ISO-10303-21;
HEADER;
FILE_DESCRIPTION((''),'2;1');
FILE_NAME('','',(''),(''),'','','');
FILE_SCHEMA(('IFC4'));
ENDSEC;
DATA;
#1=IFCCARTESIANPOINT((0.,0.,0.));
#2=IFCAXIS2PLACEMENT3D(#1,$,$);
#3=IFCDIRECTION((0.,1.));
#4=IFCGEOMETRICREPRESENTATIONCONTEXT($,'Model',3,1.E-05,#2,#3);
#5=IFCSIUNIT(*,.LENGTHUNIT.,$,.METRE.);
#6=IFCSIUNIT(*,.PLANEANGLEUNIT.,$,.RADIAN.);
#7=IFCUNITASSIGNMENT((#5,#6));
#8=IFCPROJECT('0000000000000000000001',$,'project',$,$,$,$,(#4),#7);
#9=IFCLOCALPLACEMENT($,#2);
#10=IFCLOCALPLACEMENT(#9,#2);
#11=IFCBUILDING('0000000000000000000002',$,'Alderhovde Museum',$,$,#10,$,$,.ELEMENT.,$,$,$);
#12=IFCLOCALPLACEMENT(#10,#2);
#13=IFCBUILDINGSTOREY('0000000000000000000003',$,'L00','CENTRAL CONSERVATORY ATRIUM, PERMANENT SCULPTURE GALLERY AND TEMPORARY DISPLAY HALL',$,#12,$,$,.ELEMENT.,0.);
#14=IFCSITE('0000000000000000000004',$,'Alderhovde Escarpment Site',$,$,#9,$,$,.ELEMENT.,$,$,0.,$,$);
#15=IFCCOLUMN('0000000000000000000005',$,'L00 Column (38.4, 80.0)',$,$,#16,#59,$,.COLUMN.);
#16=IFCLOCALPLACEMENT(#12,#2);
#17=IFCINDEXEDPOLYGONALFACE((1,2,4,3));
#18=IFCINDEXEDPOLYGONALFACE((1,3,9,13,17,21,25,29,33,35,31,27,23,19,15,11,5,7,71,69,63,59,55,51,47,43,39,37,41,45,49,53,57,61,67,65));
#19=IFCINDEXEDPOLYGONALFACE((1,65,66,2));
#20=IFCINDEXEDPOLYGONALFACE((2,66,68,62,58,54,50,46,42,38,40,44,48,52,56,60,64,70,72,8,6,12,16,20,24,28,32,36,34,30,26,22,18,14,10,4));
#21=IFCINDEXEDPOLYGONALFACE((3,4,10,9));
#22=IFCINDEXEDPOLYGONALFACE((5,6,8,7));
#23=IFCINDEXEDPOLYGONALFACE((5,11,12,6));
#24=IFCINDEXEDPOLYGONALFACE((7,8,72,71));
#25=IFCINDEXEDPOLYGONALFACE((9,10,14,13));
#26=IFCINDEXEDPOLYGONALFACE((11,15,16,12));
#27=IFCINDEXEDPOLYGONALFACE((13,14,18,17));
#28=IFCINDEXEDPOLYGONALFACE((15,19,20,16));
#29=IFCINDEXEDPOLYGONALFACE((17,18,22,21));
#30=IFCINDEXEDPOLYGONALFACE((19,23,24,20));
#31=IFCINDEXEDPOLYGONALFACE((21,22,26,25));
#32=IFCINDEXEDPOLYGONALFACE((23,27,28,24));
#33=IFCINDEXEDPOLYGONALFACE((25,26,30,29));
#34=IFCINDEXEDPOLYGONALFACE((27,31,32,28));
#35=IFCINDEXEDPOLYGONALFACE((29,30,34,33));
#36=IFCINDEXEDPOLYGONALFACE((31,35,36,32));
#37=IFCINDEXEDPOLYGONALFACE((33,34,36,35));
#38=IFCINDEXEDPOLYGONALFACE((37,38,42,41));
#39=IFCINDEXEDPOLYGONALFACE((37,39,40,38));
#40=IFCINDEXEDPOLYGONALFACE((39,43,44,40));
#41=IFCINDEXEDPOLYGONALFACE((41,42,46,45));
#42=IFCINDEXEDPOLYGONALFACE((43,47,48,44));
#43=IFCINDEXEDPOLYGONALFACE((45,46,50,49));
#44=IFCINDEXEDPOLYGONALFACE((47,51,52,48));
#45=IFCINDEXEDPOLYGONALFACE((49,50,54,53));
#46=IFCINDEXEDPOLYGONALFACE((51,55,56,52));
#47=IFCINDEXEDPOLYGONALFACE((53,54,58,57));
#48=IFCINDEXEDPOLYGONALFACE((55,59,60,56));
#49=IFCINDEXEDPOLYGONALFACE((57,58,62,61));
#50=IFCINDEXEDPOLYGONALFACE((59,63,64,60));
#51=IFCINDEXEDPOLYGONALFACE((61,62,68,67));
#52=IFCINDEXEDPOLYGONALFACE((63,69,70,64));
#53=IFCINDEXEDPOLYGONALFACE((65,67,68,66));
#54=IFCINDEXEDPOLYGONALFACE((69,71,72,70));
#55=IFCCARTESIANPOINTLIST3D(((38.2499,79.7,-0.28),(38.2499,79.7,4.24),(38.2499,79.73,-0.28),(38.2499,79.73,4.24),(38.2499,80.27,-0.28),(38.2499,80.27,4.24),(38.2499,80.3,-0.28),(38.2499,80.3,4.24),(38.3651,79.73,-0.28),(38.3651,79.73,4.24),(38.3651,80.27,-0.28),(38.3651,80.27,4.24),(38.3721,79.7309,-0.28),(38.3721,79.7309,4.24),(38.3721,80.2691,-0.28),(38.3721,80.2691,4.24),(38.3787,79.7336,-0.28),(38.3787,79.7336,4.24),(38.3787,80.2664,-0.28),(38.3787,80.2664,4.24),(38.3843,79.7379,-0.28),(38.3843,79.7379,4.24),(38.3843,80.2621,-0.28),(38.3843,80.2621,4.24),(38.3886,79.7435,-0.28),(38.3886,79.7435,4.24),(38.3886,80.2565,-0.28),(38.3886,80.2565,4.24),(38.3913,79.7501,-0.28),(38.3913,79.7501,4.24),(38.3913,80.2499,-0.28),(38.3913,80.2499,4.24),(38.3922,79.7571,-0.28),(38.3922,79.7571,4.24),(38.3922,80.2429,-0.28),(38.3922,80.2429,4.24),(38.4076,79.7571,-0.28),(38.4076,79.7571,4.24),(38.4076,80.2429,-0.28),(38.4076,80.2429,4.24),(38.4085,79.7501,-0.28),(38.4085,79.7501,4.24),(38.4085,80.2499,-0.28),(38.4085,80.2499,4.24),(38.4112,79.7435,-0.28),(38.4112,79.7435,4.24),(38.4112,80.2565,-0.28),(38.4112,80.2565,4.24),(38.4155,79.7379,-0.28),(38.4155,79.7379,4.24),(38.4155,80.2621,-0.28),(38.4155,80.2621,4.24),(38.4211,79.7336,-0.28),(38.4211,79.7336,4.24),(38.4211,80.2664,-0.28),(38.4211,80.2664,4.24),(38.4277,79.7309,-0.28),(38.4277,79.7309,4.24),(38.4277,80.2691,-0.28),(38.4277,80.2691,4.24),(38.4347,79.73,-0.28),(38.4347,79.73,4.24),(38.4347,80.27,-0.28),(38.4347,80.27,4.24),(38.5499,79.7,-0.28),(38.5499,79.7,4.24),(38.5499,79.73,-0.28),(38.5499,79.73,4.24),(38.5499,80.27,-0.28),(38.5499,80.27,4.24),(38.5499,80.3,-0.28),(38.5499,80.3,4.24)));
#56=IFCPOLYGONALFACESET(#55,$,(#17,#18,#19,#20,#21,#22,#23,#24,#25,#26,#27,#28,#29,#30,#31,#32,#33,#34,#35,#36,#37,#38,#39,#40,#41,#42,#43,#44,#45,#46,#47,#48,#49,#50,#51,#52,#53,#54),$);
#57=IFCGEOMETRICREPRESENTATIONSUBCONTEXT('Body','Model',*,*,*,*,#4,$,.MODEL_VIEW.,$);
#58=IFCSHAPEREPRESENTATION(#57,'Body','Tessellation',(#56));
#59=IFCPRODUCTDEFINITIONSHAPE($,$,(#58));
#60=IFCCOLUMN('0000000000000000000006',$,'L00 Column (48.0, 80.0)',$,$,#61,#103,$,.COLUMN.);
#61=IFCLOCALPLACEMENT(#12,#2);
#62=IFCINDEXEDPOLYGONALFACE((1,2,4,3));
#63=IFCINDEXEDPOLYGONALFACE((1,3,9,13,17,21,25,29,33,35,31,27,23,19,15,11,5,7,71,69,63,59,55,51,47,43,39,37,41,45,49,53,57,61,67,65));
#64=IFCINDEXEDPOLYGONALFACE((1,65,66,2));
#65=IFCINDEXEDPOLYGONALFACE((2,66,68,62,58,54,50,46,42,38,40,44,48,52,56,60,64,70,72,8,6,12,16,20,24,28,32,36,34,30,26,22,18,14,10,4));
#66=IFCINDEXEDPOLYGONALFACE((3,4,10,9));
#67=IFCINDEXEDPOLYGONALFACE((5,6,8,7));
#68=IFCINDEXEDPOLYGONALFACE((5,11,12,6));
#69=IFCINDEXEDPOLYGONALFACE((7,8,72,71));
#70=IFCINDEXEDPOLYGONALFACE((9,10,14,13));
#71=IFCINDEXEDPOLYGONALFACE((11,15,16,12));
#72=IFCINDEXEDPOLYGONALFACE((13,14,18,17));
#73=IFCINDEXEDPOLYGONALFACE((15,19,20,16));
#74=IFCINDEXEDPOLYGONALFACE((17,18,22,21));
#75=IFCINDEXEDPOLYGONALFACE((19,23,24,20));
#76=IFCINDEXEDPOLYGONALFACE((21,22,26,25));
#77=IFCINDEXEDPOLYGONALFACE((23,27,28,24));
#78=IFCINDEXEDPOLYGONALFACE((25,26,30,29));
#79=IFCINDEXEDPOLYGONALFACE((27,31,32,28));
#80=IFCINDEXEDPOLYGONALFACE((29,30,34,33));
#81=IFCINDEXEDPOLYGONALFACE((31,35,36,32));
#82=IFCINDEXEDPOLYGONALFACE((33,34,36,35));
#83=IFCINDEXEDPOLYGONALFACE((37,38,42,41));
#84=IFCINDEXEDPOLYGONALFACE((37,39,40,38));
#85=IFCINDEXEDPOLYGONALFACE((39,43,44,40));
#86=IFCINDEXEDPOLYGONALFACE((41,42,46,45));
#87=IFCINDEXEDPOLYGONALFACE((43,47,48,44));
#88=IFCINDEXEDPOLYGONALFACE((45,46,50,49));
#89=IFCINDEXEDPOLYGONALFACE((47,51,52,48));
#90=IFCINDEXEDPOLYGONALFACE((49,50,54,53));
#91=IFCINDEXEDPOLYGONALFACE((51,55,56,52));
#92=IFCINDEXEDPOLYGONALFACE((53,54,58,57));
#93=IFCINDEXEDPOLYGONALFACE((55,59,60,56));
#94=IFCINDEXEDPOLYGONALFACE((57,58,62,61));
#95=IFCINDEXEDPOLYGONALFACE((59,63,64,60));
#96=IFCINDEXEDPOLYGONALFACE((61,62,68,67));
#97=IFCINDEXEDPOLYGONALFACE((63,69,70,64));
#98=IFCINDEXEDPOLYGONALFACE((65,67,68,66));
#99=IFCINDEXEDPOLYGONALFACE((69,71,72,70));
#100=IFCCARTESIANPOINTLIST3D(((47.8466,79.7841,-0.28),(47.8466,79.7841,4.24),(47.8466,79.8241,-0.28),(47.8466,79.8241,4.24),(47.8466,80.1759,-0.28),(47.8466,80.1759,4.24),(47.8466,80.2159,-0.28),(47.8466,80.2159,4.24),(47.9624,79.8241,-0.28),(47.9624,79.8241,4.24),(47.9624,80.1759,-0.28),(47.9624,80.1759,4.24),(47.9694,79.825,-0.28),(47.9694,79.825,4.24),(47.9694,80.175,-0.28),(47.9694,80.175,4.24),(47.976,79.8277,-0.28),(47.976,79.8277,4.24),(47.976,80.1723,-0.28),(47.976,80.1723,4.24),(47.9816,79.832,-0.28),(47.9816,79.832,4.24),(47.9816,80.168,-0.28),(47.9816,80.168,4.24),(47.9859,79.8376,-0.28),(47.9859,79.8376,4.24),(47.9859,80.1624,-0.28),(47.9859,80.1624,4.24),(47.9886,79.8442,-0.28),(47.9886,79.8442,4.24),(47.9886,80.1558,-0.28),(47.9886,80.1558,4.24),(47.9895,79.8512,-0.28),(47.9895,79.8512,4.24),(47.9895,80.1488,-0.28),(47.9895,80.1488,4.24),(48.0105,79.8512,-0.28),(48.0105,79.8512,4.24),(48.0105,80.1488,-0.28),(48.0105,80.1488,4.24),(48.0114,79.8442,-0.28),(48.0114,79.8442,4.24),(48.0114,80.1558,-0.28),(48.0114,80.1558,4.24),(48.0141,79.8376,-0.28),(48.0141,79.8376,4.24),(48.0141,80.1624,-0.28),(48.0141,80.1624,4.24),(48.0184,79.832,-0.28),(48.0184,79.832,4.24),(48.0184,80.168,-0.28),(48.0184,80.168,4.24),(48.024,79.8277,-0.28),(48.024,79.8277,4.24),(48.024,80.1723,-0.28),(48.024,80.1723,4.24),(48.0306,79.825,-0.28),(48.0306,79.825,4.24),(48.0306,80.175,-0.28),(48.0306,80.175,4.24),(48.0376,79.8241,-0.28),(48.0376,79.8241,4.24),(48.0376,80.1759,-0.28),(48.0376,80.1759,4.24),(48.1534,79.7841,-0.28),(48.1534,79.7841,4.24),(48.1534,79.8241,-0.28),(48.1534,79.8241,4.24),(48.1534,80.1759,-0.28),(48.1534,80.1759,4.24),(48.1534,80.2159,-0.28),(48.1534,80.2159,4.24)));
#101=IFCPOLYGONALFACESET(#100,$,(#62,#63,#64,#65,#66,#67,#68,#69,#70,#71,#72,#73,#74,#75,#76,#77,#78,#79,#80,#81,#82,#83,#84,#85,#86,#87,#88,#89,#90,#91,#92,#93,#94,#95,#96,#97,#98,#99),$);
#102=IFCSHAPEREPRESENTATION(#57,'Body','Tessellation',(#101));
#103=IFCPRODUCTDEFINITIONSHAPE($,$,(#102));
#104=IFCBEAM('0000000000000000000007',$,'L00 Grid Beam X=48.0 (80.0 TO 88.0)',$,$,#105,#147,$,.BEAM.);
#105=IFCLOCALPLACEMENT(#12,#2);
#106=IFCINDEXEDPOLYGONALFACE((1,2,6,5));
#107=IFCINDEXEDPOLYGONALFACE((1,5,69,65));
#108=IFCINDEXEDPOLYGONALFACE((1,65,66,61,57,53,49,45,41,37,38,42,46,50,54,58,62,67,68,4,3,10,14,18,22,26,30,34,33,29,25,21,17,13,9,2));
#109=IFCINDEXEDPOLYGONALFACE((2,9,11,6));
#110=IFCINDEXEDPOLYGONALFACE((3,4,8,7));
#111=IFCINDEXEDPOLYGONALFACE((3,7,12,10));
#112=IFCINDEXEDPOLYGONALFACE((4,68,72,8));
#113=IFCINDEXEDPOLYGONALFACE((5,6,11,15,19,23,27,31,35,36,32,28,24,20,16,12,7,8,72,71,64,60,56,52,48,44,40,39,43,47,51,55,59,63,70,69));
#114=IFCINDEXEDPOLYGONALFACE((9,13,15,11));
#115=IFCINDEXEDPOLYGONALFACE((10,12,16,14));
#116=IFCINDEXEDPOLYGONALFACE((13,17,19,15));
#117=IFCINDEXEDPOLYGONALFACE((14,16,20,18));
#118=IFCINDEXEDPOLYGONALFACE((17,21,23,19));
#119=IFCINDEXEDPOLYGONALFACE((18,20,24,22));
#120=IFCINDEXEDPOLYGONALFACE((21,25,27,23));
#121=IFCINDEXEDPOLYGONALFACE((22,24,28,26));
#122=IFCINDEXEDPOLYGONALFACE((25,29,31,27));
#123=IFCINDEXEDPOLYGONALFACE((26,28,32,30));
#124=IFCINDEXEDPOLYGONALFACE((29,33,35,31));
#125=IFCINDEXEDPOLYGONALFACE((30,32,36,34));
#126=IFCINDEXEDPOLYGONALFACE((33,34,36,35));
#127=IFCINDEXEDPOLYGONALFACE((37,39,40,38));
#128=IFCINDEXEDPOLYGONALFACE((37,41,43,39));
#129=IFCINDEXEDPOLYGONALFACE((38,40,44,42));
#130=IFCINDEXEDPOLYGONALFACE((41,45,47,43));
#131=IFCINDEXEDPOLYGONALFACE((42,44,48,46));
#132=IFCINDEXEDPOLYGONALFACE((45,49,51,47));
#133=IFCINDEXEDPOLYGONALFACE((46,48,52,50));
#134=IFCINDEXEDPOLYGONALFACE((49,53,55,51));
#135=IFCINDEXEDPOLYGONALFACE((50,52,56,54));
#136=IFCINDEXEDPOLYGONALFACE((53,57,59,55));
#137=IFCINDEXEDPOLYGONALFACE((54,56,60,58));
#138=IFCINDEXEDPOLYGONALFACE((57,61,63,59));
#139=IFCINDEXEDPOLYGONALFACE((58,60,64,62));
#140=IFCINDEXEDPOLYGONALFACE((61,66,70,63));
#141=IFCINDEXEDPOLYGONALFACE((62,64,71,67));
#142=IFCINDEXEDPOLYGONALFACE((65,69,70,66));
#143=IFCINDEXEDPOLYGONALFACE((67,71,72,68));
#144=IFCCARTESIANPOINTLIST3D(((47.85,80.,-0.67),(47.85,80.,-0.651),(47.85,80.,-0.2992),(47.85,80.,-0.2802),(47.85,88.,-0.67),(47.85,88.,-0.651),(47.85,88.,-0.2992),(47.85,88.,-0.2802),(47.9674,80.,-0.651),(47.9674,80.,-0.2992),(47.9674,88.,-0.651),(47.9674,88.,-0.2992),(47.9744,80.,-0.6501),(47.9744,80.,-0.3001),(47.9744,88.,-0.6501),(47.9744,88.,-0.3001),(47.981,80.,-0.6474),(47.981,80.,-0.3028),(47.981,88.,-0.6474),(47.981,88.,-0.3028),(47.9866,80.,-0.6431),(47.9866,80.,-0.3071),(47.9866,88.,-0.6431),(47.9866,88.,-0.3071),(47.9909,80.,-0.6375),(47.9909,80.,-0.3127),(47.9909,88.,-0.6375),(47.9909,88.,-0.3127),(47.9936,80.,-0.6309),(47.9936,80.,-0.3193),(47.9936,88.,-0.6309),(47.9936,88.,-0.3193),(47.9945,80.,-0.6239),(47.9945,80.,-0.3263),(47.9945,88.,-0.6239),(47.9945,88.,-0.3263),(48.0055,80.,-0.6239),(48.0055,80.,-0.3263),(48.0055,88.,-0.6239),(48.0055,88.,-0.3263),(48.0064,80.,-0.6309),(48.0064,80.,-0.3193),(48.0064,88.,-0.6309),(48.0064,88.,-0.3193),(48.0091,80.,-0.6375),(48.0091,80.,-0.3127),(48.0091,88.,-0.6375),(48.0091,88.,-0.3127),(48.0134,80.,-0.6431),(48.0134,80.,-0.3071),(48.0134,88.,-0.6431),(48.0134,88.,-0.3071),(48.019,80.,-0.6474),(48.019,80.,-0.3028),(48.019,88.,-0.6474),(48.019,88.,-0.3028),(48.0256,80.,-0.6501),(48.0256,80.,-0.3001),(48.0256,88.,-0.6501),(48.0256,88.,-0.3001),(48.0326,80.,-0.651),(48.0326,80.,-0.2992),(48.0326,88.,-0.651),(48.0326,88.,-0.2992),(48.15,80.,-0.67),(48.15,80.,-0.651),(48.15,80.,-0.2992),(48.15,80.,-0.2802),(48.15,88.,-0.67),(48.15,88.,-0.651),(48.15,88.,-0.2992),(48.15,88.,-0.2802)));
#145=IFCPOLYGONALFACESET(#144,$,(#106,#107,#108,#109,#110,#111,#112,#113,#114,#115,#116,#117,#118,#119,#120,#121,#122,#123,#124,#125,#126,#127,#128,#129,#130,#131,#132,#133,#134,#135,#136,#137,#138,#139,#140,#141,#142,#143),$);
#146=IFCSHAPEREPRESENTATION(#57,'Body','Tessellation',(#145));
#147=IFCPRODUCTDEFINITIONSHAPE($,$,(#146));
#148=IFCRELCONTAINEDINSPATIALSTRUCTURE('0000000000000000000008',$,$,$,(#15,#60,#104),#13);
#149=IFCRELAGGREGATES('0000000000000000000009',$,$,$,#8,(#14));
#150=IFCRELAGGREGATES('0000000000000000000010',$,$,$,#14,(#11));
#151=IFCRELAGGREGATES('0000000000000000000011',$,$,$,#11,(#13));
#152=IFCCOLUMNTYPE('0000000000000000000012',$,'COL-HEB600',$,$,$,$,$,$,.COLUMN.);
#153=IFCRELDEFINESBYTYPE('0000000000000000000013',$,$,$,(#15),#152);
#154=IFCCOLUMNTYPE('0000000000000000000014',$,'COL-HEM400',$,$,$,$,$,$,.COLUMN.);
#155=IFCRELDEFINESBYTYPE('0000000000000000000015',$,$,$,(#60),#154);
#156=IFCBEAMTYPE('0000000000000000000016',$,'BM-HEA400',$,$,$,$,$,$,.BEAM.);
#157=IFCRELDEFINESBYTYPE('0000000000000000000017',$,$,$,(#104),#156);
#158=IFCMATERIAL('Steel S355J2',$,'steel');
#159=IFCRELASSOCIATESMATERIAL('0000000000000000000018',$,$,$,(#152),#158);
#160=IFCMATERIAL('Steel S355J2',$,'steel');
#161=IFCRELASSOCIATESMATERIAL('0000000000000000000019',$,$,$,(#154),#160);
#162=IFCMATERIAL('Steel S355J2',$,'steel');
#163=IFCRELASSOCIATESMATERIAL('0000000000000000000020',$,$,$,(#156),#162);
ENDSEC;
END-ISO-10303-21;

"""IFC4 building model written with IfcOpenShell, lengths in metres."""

from ifc_helpers import new_model, si_unit, direction, frame, origin, origin_2d, place, context, subcontext, project, spatial, i_section, extrude, material, material_profile, profile_set, type_object, element, save


model = new_model("IFC4")

# Units and contexts
model_context = context("Model", 3, precision=1e-05, world=origin(), true_north=direction((0.0, 1.0)))
body_context = subcontext(model_context, "Body", "Model", "MODEL_VIEW")
ifc_project = project(units=[si_unit("LENGTHUNIT", "METRE"), si_unit("PLANEANGLEUNIT", "RADIAN")], contexts=[model_context])

# Site, building, storey
site_placement = place(None, origin())
site = spatial("IfcSite", under=ifc_project, at=site_placement, Name="Alderhovde Escarpment Site", CompositionType="ELEMENT", RefElevation=0.0)
building_placement = place(site_placement, origin())
building = spatial("IfcBuilding", under=site, at=building_placement, Name="Alderhovde Museum", CompositionType="ELEMENT")
storey_placement = place(building_placement, origin())
storey = spatial("IfcBuildingStorey", under=building, at=storey_placement, Name="L00", Description="CENTRAL CONSERVATORY ATRIUM, PERMANENT SCULPTURE GALLERY AND TEMPORARY DISPLAY HALL", CompositionType="ELEMENT", Elevation=0.0)

# Columns
ifc_material_1 = material(Name="Steel S355J2", Category="steel")
ifc_material_profile_1 = material_profile(ifc_material_1, i_section(OverallWidth=0.3, OverallDepth=0.6001, WebThickness=0.0154, FlangeThickness=0.03, FilletRadius=0.0271, at=origin_2d()), Name="HEB 600")
ifc_profile_set_1 = profile_set([ifc_material_profile_1], Name="Steel S355J2")
column_type_1 = type_object("IfcColumnType", Name="COL-HEB600", PredefinedType="COLUMN", material=ifc_profile_set_1)
column_1_placement = place(storey_placement, frame((38.3999, 80.0, -0.28), z_axis=(0.0, 0.0, 1.0), x_axis=(1.0, 0.0, 0.0)))
element("IfcColumn", 1, at=column_1_placement, inside=storey, type_object=column_type_1, Name="L00 Column (38.4, 80.0)", PredefinedType="COLUMN", context=body_context, shape_type="SweptSolid", body=[
    extrude(i_section(OverallWidth=0.3, OverallDepth=0.6001, WebThickness=0.0154, FlangeThickness=0.03, FilletRadius=0.0271, at=origin_2d()), origin(), (0.0, 0.0, 1.0), 4.52),
])
ifc_material_2 = material(Name="Steel S355J2", Category="steel")
ifc_material_profile_2 = material_profile(ifc_material_2, i_section(OverallWidth=0.3069, OverallDepth=0.4319, WebThickness=0.021, FlangeThickness=0.04, FilletRadius=0.0271, at=origin_2d()), Name="HEM 400")
ifc_profile_set_2 = profile_set([ifc_material_profile_2], Name="Steel S355J2")
column_type_2 = type_object("IfcColumnType", Name="COL-HEM400", PredefinedType="COLUMN", material=ifc_profile_set_2)
column_2_placement = place(storey_placement, frame((48.0, 80.0, -0.28), z_axis=(0.0, 0.0, 1.0), x_axis=(1.0, 0.0, 0.0)))
element("IfcColumn", 2, at=column_2_placement, inside=storey, type_object=column_type_2, Name="L00 Column (48.0, 80.0)", PredefinedType="COLUMN", context=body_context, shape_type="SweptSolid", body=[
    extrude(i_section(OverallWidth=0.3069, OverallDepth=0.4319, WebThickness=0.021, FlangeThickness=0.04, FilletRadius=0.0271, at=origin_2d()), origin(), (0.0, 0.0, 1.0), 4.52),
])

# Beam
ifc_material_3 = material(Name="Steel S355J2", Category="steel")
ifc_material_profile_3 = material_profile(ifc_material_3, i_section(OverallWidth=0.3, OverallDepth=0.3899, WebThickness=0.011, FlangeThickness=0.019, FilletRadius=0.0271, at=origin_2d()), Name="HEA 400")
ifc_profile_set_3 = profile_set([ifc_material_profile_3], Name="Steel S355J2")
beam_type_1 = type_object("IfcBeamType", Name="BM-HEA400", PredefinedType="BEAM", material=ifc_profile_set_3)
beam_1_placement = place(storey_placement, frame((48.0, 80.0, -0.4751), z_axis=(0.0, 1.0, 0.0), x_axis=(-1.0, 0.0, 0.0)))
element("IfcBeam", 3, at=beam_1_placement, inside=storey, type_object=beam_type_1, Name="L00 Grid Beam X=48.0 (80.0 TO 88.0)", PredefinedType="BEAM", context=body_context, shape_type="SweptSolid", body=[
    extrude(i_section(OverallWidth=0.3, OverallDepth=0.3899, WebThickness=0.011, FlangeThickness=0.019, FilletRadius=0.0271, at=origin_2d()), origin(), (0.0, 0.0, 1.0), 8.0),
])

save(model, "model.ifc")
